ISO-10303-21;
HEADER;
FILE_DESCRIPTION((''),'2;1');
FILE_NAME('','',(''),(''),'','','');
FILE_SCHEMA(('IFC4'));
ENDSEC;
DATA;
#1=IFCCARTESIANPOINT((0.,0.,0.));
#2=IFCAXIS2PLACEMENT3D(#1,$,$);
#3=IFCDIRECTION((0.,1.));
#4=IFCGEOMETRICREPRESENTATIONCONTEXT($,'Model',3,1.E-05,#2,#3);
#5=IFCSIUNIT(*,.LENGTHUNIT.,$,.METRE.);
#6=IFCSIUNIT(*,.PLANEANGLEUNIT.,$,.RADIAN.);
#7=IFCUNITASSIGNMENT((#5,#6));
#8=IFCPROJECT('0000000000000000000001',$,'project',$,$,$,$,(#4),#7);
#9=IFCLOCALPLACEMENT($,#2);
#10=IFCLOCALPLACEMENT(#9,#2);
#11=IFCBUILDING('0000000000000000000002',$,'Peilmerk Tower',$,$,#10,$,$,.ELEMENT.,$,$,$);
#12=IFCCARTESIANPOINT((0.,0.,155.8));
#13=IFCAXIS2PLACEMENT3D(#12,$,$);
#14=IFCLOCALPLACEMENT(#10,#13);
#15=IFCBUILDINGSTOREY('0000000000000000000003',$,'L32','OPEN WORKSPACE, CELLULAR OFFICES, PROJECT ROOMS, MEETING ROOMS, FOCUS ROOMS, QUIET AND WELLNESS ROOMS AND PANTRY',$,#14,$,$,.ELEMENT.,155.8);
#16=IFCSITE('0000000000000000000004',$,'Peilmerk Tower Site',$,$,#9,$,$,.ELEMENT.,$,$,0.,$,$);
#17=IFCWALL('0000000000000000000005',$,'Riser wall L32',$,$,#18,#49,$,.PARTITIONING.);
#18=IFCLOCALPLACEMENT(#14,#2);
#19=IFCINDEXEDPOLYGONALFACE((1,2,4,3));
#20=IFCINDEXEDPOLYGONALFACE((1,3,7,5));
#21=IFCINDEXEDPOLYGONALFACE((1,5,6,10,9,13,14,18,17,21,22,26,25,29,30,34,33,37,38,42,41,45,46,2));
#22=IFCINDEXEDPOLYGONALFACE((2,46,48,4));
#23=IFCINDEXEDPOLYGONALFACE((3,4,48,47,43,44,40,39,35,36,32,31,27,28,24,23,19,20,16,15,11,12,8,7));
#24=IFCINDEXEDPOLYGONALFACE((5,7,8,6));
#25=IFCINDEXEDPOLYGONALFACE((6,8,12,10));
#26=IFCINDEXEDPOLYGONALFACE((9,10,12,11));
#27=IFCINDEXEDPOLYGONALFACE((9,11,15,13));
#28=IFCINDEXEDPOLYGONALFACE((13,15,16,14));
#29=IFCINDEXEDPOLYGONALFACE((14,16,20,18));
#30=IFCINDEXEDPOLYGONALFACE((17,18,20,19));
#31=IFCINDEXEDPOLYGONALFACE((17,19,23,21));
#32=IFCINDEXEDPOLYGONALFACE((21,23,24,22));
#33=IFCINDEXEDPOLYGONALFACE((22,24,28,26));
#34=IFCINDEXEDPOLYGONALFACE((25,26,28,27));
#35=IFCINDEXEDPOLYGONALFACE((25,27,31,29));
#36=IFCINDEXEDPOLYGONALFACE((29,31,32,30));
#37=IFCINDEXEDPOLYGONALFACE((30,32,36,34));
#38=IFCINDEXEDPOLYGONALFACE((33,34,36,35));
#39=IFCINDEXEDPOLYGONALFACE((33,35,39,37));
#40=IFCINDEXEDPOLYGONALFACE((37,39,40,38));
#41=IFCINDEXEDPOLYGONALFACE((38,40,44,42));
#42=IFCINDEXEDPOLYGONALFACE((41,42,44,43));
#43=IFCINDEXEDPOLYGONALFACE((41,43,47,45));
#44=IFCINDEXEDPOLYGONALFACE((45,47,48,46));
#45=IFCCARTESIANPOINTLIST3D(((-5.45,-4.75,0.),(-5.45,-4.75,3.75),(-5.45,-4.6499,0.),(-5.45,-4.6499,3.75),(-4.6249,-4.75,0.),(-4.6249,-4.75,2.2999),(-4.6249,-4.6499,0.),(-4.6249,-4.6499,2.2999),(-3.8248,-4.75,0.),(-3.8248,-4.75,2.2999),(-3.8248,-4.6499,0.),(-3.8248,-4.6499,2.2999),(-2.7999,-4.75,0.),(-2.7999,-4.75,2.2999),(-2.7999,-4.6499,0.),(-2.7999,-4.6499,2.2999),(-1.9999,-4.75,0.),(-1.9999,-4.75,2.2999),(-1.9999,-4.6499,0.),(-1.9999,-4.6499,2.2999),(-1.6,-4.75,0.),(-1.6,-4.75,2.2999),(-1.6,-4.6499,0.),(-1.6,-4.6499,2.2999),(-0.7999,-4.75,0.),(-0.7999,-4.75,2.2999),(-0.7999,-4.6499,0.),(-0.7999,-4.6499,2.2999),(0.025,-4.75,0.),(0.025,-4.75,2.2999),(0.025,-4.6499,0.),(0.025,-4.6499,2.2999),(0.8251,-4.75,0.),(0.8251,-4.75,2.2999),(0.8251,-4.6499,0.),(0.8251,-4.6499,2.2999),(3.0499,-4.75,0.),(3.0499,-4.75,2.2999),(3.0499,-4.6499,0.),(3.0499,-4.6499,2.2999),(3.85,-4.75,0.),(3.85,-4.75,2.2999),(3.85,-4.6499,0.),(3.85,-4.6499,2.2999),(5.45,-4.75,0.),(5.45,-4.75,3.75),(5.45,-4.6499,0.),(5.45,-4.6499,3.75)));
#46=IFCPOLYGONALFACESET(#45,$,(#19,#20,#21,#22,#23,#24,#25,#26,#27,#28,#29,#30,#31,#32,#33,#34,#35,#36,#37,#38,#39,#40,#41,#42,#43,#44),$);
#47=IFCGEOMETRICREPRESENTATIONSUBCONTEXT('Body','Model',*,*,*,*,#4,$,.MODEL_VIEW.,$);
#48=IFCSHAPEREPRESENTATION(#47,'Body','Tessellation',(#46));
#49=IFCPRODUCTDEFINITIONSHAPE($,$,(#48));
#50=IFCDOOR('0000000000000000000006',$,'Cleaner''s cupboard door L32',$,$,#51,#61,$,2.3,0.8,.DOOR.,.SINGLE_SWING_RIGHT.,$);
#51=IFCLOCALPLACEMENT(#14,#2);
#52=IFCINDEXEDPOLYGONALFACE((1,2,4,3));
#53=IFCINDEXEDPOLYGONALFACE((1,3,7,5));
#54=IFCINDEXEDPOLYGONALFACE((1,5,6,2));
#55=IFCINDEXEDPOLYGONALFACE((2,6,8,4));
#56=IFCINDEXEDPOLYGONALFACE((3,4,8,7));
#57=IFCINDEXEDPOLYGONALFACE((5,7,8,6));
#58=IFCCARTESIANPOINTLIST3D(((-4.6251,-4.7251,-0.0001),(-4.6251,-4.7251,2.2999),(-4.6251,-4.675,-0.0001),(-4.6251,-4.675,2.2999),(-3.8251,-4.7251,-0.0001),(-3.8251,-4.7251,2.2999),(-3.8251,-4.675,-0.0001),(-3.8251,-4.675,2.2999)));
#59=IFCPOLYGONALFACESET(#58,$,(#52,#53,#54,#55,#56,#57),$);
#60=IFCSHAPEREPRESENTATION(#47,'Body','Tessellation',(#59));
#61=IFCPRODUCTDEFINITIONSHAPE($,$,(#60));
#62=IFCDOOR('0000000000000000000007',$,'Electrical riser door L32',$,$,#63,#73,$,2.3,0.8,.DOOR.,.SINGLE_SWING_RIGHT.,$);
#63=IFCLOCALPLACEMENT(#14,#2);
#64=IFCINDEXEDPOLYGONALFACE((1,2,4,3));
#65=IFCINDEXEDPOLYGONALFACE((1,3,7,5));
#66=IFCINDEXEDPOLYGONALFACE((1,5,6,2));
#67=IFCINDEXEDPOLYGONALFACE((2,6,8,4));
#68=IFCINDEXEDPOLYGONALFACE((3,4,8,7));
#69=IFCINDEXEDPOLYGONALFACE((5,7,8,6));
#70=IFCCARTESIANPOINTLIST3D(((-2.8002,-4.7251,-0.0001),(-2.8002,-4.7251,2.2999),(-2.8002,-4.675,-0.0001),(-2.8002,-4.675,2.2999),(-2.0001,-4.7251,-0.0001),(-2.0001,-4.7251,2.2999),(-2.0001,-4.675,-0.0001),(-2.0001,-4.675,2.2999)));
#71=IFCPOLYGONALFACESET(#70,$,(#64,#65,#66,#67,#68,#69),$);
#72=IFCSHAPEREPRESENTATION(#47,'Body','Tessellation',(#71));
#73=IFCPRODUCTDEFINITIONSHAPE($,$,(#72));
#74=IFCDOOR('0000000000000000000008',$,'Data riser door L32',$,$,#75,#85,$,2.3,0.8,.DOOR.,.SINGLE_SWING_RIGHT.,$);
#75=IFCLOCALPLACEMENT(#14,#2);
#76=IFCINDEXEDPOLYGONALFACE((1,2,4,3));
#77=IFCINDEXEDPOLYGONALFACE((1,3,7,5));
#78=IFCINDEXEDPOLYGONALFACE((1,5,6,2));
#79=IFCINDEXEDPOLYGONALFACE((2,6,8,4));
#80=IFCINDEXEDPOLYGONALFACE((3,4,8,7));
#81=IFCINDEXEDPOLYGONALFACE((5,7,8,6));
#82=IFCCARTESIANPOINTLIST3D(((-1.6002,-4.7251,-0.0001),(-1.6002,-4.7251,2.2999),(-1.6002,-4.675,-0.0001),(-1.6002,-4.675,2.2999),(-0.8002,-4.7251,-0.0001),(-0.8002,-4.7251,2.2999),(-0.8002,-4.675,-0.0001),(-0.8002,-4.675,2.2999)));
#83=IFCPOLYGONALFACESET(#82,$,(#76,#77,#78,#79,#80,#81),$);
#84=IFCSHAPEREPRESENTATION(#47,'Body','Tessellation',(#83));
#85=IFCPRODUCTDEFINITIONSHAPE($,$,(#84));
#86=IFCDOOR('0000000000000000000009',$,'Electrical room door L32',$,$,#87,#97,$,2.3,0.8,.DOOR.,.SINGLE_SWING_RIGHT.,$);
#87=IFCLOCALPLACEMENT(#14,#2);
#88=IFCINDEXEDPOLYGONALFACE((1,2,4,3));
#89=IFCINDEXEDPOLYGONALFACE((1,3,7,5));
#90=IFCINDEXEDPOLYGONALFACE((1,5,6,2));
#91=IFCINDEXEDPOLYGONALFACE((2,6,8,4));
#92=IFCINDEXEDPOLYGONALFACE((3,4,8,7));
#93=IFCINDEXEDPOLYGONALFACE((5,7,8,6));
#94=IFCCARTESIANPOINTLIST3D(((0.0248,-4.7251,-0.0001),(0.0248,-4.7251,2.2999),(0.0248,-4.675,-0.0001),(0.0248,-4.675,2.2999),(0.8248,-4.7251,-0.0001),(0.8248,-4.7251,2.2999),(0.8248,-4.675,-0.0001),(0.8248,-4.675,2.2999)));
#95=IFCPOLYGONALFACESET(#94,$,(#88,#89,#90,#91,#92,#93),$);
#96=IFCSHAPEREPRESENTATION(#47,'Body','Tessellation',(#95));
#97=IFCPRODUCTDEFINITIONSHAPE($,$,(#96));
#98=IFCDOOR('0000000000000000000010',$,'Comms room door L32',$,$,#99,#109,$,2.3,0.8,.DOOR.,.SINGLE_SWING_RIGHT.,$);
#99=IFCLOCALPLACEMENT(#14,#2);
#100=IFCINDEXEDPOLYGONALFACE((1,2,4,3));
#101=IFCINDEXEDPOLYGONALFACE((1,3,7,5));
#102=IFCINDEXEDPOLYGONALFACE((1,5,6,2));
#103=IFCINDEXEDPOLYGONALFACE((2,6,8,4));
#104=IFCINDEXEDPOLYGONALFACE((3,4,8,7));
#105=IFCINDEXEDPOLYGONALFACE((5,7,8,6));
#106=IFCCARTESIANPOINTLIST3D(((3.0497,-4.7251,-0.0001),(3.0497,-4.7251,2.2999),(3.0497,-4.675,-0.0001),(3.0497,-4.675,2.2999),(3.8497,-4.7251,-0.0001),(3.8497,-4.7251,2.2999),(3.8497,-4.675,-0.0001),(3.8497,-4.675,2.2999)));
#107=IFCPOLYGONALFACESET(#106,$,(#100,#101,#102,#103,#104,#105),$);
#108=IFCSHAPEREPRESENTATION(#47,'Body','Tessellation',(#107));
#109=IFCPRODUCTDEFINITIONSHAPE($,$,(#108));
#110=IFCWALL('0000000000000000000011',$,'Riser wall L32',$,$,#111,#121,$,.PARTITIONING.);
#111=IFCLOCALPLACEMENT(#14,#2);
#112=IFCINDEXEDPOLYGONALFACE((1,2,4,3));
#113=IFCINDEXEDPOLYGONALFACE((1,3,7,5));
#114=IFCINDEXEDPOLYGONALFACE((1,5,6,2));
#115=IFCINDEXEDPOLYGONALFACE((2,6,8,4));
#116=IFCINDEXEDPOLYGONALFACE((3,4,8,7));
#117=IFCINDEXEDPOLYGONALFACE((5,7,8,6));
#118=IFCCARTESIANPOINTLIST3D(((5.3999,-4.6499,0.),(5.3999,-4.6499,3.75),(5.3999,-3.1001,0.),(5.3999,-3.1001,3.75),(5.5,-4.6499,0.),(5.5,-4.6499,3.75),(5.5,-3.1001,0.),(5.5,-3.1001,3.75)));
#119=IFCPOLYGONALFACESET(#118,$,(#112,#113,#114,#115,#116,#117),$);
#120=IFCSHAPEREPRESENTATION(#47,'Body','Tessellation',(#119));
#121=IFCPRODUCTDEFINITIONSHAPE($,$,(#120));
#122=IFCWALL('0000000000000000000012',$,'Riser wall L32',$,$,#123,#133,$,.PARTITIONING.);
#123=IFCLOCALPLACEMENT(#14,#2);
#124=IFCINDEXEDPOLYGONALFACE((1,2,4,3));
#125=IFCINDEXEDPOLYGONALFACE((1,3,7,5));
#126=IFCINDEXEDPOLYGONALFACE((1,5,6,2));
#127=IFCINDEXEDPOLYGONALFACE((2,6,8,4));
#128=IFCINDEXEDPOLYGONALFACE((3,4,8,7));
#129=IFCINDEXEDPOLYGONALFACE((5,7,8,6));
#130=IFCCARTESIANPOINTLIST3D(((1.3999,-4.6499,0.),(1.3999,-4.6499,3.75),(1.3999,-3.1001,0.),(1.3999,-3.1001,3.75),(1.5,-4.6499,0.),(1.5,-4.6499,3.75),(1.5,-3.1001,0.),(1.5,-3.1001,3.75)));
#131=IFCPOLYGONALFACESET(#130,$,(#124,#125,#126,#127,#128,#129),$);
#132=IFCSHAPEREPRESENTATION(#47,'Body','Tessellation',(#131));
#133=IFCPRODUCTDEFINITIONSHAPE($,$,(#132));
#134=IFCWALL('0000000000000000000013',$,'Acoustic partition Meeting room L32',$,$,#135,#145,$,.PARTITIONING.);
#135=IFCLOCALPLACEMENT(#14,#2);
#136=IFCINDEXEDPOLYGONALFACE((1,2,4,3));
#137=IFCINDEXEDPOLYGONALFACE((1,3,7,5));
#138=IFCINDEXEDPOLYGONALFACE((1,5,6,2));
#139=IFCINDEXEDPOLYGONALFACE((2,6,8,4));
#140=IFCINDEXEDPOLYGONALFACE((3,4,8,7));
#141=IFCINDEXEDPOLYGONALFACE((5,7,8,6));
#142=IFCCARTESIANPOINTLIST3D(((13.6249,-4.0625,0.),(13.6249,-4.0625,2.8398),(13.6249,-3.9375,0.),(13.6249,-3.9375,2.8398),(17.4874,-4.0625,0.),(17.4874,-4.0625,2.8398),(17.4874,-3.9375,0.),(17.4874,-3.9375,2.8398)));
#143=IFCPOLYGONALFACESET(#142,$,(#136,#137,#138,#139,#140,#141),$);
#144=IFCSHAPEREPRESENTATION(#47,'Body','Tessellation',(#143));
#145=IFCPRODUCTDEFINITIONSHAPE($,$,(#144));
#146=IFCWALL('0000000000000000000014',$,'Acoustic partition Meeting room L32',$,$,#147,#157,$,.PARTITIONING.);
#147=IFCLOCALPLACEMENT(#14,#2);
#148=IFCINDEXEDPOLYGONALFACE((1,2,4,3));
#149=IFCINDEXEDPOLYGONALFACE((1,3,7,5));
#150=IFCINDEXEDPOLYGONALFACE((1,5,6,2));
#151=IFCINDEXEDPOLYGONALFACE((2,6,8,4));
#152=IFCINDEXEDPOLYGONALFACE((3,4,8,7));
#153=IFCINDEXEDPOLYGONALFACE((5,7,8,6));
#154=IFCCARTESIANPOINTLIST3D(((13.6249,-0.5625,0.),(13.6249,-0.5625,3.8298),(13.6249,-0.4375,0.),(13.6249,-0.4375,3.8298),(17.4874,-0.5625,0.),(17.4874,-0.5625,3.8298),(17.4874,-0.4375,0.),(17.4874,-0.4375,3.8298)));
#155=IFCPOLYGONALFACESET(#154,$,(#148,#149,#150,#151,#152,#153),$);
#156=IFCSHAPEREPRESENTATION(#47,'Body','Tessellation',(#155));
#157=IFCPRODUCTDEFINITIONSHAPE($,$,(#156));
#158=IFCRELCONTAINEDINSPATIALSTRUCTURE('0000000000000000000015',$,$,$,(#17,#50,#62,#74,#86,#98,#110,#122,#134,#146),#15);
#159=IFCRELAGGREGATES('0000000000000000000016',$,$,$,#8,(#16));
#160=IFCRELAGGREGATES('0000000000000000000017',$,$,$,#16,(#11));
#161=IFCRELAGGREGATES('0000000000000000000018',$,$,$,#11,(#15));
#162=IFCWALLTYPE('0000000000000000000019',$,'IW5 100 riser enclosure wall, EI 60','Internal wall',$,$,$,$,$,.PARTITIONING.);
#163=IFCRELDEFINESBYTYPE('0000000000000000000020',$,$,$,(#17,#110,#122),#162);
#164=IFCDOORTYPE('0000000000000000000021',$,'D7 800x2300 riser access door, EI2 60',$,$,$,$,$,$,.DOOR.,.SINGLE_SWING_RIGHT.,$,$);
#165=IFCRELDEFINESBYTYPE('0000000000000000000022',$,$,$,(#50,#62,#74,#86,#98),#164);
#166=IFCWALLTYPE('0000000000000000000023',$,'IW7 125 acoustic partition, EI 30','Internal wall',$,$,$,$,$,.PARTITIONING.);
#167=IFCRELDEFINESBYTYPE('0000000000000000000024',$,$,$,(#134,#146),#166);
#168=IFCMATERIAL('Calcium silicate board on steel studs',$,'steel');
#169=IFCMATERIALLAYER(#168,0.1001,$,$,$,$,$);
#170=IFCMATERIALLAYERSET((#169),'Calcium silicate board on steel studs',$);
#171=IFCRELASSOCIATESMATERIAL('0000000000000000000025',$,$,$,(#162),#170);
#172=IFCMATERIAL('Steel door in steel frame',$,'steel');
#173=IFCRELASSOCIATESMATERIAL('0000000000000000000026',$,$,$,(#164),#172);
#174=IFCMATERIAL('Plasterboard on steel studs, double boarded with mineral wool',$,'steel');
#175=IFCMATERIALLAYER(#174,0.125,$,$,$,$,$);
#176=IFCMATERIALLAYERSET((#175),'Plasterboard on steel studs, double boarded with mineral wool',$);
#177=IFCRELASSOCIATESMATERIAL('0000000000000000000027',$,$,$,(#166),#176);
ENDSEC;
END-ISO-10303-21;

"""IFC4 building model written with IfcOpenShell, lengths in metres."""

from ifc_helpers import new_model, si_unit, direction, frame, frame_2d, origin, place, context, subcontext, project, spatial, rectangle, extrude, material, layer, layer_set, type_object, element, fill, save


model = new_model("IFC4")

# Units and contexts
model_context = context("Model", 3, precision=1e-05, world=origin(), true_north=direction((0.0, 1.0)))
body_context = subcontext(model_context, "Body", "Model", "MODEL_VIEW")
ifc_project = project(units=[si_unit("LENGTHUNIT", "METRE"), si_unit("PLANEANGLEUNIT", "RADIAN")], contexts=[model_context])

# Site, building, storey
site_placement = place(None, origin())
site = spatial("IfcSite", under=ifc_project, at=site_placement, Name="Peilmerk Tower Site", CompositionType="ELEMENT", RefElevation=0.0)
building_placement = place(site_placement, origin())
building = spatial("IfcBuilding", under=site, at=building_placement, Name="Peilmerk Tower", CompositionType="ELEMENT")
storey_placement = place(building_placement, frame((0.0, 0.0, 155.8)))
storey = spatial("IfcBuildingStorey", under=building, at=storey_placement, Name="L32", Description="OPEN WORKSPACE, CELLULAR OFFICES, PROJECT ROOMS, MEETING ROOMS, FOCUS ROOMS, QUIET AND WELLNESS ROOMS AND PANTRY", CompositionType="ELEMENT", Elevation=155.8)

# Shared definitions
ifc_material_1 = material(Name="Steel door in steel frame", Category="steel")

# Shared definitions
ifc_material_2 = material(Name="Calcium silicate board on steel studs", Category="steel")
ifc_layer_1 = layer(ifc_material_2, 0.1001)
ifc_layer_set_1 = layer_set([ifc_layer_1], Name="Calcium silicate board on steel studs")
wall_type_1 = type_object("IfcWallType", Name="IW5 100 riser enclosure wall, EI 60", Description="Internal wall", PredefinedType="PARTITIONING", material=ifc_layer_set_1)

# Wall, openings, doors
wall_1_placement = place(storey_placement, frame((5.45, -4.7, 0.0), z_axis=(0.0, 0.0, 1.0), x_axis=(-1.0, 0.0, 0.0)))
wall_1 = element("IfcWall", 1, at=wall_1_placement, inside=storey, type_object=wall_type_1, Name="Riser wall L32", PredefinedType="PARTITIONING", context=body_context, shape_type="SweptSolid", body=[
    extrude(rectangle(XDim=10.8999, YDim=0.1001, at=frame_2d((5.45, 0.0))), origin(), (0.0, 0.0, 1.0), 3.75),
])
opening_1_placement = place(wall_1_placement, frame((9.2749, 0.0, 0.0)))
opening_1 = element("IfcOpeningElement", 2, at=opening_1_placement, cuts=wall_1, PredefinedType="OPENING", context=body_context, shape_type="SweptSolid", body=[
    extrude(rectangle(XDim=0.8, YDim=2.3, at=frame_2d((0.3999, 1.1499))), frame((0.0, 0.0601, 0.0), z_axis=(0.0, -1.0, 0.0), x_axis=(1.0, 0.0, 0.0)), (0.0, 0.0, 1.0), 0.1201),
])
opening_2_placement = place(wall_1_placement, frame((7.45, 0.0, 0.0)))
opening_2 = element("IfcOpeningElement", 3, at=opening_2_placement, cuts=wall_1, PredefinedType="OPENING", context=body_context, shape_type="SweptSolid", body=[
    extrude(rectangle(XDim=0.8, YDim=2.3, at=frame_2d((0.3999, 1.1499))), frame((0.0, 0.0601, 0.0), z_axis=(0.0, -1.0, 0.0), x_axis=(1.0, 0.0, 0.0)), (0.0, 0.0, 1.0), 0.1201),
])
opening_3_placement = place(wall_1_placement, frame((6.25, 0.0, 0.0)))
opening_3 = element("IfcOpeningElement", 4, at=opening_3_placement, cuts=wall_1, PredefinedType="OPENING", context=body_context, shape_type="SweptSolid", body=[
    extrude(rectangle(XDim=0.8, YDim=2.3, at=frame_2d((0.3999, 1.1499))), frame((0.0, 0.0601, 0.0), z_axis=(0.0, -1.0, 0.0), x_axis=(1.0, 0.0, 0.0)), (0.0, 0.0, 1.0), 0.1201),
])
opening_4_placement = place(wall_1_placement, frame((4.625, 0.0, 0.0)))
opening_4 = element("IfcOpeningElement", 5, at=opening_4_placement, cuts=wall_1, PredefinedType="OPENING", context=body_context, shape_type="SweptSolid", body=[
    extrude(rectangle(XDim=0.8, YDim=2.3, at=frame_2d((0.3999, 1.1499))), frame((0.0, 0.0601, 0.0), z_axis=(0.0, -1.0, 0.0), x_axis=(1.0, 0.0, 0.0)), (0.0, 0.0, 1.0), 0.1201),
])
opening_5_placement = place(wall_1_placement, frame((1.6001, 0.0, 0.0)))
opening_5 = element("IfcOpeningElement", 6, at=opening_5_placement, cuts=wall_1, PredefinedType="OPENING", context=body_context, shape_type="SweptSolid", body=[
    extrude(rectangle(XDim=0.8, YDim=2.3, at=frame_2d((0.3999, 1.1499))), frame((0.0, 0.0601, 0.0), z_axis=(0.0, -1.0, 0.0), x_axis=(1.0, 0.0, 0.0)), (0.0, 0.0, 1.0), 0.1201),
])
door_type_1 = type_object("IfcDoorType", Name="D7 800x2300 riser access door, EI2 60", OperationType="SINGLE_SWING_RIGHT", PredefinedType="DOOR", material=ifc_material_1)
door_1_placement = place(opening_1_placement, frame((0.8, 0.0, 0.0), z_axis=(0.0, 0.0, 1.0), x_axis=(-1.0, 0.0, 0.0)))
door_1 = element("IfcDoor", 7, at=door_1_placement, inside=storey, type_object=door_type_1, Name="Cleaner's cupboard door L32", OperationType="SINGLE_SWING_RIGHT", OverallHeight=2.3, OverallWidth=0.8, PredefinedType="DOOR", context=body_context, shape_type="SweptSolid", body=[
    extrude(rectangle(XDim=0.8, YDim=2.3, at=frame_2d((0.3999, 1.1499))), frame((0.0, 0.0249, 0.0), z_axis=(0.0, -1.0, 0.0), x_axis=(1.0, 0.0, 0.0)), (0.0, 0.0, 1.0), 0.05),
])
fill(opening_1, door_1)
door_2_placement = place(opening_2_placement, frame((0.8, 0.0, 0.0), z_axis=(0.0, 0.0, 1.0), x_axis=(-1.0, 0.0, 0.0)))
door_2 = element("IfcDoor", 8, at=door_2_placement, inside=storey, type_object=door_type_1, Name="Electrical riser door L32", OperationType="SINGLE_SWING_RIGHT", OverallHeight=2.3, OverallWidth=0.8, PredefinedType="DOOR", context=body_context, shape_type="SweptSolid", body=[
    extrude(rectangle(XDim=0.8, YDim=2.3, at=frame_2d((0.3999, 1.1499))), frame((0.0, 0.0249, 0.0), z_axis=(0.0, -1.0, 0.0), x_axis=(1.0, 0.0, 0.0)), (0.0, 0.0, 1.0), 0.05),
])
fill(opening_2, door_2)
door_3_placement = place(opening_3_placement, frame((0.8, 0.0, 0.0), z_axis=(0.0, 0.0, 1.0), x_axis=(-1.0, 0.0, 0.0)))
door_3 = element("IfcDoor", 9, at=door_3_placement, inside=storey, type_object=door_type_1, Name="Data riser door L32", OperationType="SINGLE_SWING_RIGHT", OverallHeight=2.3, OverallWidth=0.8, PredefinedType="DOOR", context=body_context, shape_type="SweptSolid", body=[
    extrude(rectangle(XDim=0.8, YDim=2.3, at=frame_2d((0.3999, 1.1499))), frame((0.0, 0.0249, 0.0), z_axis=(0.0, -1.0, 0.0), x_axis=(1.0, 0.0, 0.0)), (0.0, 0.0, 1.0), 0.05),
])
fill(opening_3, door_3)
door_4_placement = place(opening_4_placement, frame((0.8, 0.0, 0.0), z_axis=(0.0, 0.0, 1.0), x_axis=(-1.0, 0.0, 0.0)))
door_4 = element("IfcDoor", 10, at=door_4_placement, inside=storey, type_object=door_type_1, Name="Electrical room door L32", OperationType="SINGLE_SWING_RIGHT", OverallHeight=2.3, OverallWidth=0.8, PredefinedType="DOOR", context=body_context, shape_type="SweptSolid", body=[
    extrude(rectangle(XDim=0.8, YDim=2.3, at=frame_2d((0.3999, 1.1499))), frame((0.0, 0.0249, 0.0), z_axis=(0.0, -1.0, 0.0), x_axis=(1.0, 0.0, 0.0)), (0.0, 0.0, 1.0), 0.05),
])
fill(opening_4, door_4)
door_5_placement = place(opening_5_placement, frame((0.8, 0.0, 0.0), z_axis=(0.0, 0.0, 1.0), x_axis=(-1.0, 0.0, 0.0)))
door_5 = element("IfcDoor", 11, at=door_5_placement, inside=storey, type_object=door_type_1, Name="Comms room door L32", OperationType="SINGLE_SWING_RIGHT", OverallHeight=2.3, OverallWidth=0.8, PredefinedType="DOOR", context=body_context, shape_type="SweptSolid", body=[
    extrude(rectangle(XDim=0.8, YDim=2.3, at=frame_2d((0.3999, 1.1499))), frame((0.0, 0.0249, 0.0), z_axis=(0.0, -1.0, 0.0), x_axis=(1.0, 0.0, 0.0)), (0.0, 0.0, 1.0), 0.05),
])
fill(opening_5, door_5)

# Walls
for number, where, z_axis, x_axis, name in (
    (12, (5.45, -3.1001, 0.0), (0.0, 0.0, 1.0), (0.0, -1.0, 0.0), "Riser wall L32"),
    (13, (1.45, -3.1001, 0.0), (0.0, 0.0, 1.0), (0.0, -1.0, 0.0), "Riser wall L32"),
):
    element("IfcWall", number, at=place(storey_placement, frame(where, z_axis=z_axis, x_axis=x_axis)), inside=storey, type_object=wall_type_1, Name=name, PredefinedType="PARTITIONING", context=body_context, shape_type="SweptSolid", body=[
        extrude(rectangle(XDim=1.5498, YDim=0.1001, at=frame_2d((0.7749, 0.0))), origin(), (0.0, 0.0, 1.0), 3.75),
    ])
ifc_material_3 = material(Name="Plasterboard on steel studs, double boarded with mineral wool", Category="steel")
ifc_layer_2 = layer(ifc_material_3, 0.125)
ifc_layer_set_2 = layer_set([ifc_layer_2], Name="Plasterboard on steel studs, double boarded with mineral wool")
wall_type_2 = type_object("IfcWallType", Name="IW7 125 acoustic partition, EI 30", Description="Internal wall", PredefinedType="PARTITIONING", material=ifc_layer_set_2)
wall_2_placement = place(storey_placement, frame((13.625, -4.0, 0.0), z_axis=(0.0, 0.0, 1.0), x_axis=(1.0, 0.0, 0.0)))
element("IfcWall", 14, at=wall_2_placement, inside=storey, type_object=wall_type_2, Name="Acoustic partition Meeting room L32", PredefinedType="PARTITIONING", context=body_context, shape_type="SweptSolid", body=[
    extrude(rectangle(XDim=3.8625, YDim=0.125, at=frame_2d((1.9312, 0.0))), origin(), (0.0, 0.0, 1.0), 2.8398),
])
wall_3_placement = place(storey_placement, frame((13.625, -0.5, 0.0), z_axis=(0.0, 0.0, 1.0), x_axis=(1.0, 0.0, 0.0)))
element("IfcWall", 15, at=wall_3_placement, inside=storey, type_object=wall_type_2, Name="Acoustic partition Meeting room L32", PredefinedType="PARTITIONING", context=body_context, shape_type="SweptSolid", body=[
    extrude(rectangle(XDim=3.8625, YDim=0.125, at=frame_2d((1.9312, 0.0))), origin(), (0.0, 0.0, 1.0), 3.8298),
])

save(model, "model.ifc")
